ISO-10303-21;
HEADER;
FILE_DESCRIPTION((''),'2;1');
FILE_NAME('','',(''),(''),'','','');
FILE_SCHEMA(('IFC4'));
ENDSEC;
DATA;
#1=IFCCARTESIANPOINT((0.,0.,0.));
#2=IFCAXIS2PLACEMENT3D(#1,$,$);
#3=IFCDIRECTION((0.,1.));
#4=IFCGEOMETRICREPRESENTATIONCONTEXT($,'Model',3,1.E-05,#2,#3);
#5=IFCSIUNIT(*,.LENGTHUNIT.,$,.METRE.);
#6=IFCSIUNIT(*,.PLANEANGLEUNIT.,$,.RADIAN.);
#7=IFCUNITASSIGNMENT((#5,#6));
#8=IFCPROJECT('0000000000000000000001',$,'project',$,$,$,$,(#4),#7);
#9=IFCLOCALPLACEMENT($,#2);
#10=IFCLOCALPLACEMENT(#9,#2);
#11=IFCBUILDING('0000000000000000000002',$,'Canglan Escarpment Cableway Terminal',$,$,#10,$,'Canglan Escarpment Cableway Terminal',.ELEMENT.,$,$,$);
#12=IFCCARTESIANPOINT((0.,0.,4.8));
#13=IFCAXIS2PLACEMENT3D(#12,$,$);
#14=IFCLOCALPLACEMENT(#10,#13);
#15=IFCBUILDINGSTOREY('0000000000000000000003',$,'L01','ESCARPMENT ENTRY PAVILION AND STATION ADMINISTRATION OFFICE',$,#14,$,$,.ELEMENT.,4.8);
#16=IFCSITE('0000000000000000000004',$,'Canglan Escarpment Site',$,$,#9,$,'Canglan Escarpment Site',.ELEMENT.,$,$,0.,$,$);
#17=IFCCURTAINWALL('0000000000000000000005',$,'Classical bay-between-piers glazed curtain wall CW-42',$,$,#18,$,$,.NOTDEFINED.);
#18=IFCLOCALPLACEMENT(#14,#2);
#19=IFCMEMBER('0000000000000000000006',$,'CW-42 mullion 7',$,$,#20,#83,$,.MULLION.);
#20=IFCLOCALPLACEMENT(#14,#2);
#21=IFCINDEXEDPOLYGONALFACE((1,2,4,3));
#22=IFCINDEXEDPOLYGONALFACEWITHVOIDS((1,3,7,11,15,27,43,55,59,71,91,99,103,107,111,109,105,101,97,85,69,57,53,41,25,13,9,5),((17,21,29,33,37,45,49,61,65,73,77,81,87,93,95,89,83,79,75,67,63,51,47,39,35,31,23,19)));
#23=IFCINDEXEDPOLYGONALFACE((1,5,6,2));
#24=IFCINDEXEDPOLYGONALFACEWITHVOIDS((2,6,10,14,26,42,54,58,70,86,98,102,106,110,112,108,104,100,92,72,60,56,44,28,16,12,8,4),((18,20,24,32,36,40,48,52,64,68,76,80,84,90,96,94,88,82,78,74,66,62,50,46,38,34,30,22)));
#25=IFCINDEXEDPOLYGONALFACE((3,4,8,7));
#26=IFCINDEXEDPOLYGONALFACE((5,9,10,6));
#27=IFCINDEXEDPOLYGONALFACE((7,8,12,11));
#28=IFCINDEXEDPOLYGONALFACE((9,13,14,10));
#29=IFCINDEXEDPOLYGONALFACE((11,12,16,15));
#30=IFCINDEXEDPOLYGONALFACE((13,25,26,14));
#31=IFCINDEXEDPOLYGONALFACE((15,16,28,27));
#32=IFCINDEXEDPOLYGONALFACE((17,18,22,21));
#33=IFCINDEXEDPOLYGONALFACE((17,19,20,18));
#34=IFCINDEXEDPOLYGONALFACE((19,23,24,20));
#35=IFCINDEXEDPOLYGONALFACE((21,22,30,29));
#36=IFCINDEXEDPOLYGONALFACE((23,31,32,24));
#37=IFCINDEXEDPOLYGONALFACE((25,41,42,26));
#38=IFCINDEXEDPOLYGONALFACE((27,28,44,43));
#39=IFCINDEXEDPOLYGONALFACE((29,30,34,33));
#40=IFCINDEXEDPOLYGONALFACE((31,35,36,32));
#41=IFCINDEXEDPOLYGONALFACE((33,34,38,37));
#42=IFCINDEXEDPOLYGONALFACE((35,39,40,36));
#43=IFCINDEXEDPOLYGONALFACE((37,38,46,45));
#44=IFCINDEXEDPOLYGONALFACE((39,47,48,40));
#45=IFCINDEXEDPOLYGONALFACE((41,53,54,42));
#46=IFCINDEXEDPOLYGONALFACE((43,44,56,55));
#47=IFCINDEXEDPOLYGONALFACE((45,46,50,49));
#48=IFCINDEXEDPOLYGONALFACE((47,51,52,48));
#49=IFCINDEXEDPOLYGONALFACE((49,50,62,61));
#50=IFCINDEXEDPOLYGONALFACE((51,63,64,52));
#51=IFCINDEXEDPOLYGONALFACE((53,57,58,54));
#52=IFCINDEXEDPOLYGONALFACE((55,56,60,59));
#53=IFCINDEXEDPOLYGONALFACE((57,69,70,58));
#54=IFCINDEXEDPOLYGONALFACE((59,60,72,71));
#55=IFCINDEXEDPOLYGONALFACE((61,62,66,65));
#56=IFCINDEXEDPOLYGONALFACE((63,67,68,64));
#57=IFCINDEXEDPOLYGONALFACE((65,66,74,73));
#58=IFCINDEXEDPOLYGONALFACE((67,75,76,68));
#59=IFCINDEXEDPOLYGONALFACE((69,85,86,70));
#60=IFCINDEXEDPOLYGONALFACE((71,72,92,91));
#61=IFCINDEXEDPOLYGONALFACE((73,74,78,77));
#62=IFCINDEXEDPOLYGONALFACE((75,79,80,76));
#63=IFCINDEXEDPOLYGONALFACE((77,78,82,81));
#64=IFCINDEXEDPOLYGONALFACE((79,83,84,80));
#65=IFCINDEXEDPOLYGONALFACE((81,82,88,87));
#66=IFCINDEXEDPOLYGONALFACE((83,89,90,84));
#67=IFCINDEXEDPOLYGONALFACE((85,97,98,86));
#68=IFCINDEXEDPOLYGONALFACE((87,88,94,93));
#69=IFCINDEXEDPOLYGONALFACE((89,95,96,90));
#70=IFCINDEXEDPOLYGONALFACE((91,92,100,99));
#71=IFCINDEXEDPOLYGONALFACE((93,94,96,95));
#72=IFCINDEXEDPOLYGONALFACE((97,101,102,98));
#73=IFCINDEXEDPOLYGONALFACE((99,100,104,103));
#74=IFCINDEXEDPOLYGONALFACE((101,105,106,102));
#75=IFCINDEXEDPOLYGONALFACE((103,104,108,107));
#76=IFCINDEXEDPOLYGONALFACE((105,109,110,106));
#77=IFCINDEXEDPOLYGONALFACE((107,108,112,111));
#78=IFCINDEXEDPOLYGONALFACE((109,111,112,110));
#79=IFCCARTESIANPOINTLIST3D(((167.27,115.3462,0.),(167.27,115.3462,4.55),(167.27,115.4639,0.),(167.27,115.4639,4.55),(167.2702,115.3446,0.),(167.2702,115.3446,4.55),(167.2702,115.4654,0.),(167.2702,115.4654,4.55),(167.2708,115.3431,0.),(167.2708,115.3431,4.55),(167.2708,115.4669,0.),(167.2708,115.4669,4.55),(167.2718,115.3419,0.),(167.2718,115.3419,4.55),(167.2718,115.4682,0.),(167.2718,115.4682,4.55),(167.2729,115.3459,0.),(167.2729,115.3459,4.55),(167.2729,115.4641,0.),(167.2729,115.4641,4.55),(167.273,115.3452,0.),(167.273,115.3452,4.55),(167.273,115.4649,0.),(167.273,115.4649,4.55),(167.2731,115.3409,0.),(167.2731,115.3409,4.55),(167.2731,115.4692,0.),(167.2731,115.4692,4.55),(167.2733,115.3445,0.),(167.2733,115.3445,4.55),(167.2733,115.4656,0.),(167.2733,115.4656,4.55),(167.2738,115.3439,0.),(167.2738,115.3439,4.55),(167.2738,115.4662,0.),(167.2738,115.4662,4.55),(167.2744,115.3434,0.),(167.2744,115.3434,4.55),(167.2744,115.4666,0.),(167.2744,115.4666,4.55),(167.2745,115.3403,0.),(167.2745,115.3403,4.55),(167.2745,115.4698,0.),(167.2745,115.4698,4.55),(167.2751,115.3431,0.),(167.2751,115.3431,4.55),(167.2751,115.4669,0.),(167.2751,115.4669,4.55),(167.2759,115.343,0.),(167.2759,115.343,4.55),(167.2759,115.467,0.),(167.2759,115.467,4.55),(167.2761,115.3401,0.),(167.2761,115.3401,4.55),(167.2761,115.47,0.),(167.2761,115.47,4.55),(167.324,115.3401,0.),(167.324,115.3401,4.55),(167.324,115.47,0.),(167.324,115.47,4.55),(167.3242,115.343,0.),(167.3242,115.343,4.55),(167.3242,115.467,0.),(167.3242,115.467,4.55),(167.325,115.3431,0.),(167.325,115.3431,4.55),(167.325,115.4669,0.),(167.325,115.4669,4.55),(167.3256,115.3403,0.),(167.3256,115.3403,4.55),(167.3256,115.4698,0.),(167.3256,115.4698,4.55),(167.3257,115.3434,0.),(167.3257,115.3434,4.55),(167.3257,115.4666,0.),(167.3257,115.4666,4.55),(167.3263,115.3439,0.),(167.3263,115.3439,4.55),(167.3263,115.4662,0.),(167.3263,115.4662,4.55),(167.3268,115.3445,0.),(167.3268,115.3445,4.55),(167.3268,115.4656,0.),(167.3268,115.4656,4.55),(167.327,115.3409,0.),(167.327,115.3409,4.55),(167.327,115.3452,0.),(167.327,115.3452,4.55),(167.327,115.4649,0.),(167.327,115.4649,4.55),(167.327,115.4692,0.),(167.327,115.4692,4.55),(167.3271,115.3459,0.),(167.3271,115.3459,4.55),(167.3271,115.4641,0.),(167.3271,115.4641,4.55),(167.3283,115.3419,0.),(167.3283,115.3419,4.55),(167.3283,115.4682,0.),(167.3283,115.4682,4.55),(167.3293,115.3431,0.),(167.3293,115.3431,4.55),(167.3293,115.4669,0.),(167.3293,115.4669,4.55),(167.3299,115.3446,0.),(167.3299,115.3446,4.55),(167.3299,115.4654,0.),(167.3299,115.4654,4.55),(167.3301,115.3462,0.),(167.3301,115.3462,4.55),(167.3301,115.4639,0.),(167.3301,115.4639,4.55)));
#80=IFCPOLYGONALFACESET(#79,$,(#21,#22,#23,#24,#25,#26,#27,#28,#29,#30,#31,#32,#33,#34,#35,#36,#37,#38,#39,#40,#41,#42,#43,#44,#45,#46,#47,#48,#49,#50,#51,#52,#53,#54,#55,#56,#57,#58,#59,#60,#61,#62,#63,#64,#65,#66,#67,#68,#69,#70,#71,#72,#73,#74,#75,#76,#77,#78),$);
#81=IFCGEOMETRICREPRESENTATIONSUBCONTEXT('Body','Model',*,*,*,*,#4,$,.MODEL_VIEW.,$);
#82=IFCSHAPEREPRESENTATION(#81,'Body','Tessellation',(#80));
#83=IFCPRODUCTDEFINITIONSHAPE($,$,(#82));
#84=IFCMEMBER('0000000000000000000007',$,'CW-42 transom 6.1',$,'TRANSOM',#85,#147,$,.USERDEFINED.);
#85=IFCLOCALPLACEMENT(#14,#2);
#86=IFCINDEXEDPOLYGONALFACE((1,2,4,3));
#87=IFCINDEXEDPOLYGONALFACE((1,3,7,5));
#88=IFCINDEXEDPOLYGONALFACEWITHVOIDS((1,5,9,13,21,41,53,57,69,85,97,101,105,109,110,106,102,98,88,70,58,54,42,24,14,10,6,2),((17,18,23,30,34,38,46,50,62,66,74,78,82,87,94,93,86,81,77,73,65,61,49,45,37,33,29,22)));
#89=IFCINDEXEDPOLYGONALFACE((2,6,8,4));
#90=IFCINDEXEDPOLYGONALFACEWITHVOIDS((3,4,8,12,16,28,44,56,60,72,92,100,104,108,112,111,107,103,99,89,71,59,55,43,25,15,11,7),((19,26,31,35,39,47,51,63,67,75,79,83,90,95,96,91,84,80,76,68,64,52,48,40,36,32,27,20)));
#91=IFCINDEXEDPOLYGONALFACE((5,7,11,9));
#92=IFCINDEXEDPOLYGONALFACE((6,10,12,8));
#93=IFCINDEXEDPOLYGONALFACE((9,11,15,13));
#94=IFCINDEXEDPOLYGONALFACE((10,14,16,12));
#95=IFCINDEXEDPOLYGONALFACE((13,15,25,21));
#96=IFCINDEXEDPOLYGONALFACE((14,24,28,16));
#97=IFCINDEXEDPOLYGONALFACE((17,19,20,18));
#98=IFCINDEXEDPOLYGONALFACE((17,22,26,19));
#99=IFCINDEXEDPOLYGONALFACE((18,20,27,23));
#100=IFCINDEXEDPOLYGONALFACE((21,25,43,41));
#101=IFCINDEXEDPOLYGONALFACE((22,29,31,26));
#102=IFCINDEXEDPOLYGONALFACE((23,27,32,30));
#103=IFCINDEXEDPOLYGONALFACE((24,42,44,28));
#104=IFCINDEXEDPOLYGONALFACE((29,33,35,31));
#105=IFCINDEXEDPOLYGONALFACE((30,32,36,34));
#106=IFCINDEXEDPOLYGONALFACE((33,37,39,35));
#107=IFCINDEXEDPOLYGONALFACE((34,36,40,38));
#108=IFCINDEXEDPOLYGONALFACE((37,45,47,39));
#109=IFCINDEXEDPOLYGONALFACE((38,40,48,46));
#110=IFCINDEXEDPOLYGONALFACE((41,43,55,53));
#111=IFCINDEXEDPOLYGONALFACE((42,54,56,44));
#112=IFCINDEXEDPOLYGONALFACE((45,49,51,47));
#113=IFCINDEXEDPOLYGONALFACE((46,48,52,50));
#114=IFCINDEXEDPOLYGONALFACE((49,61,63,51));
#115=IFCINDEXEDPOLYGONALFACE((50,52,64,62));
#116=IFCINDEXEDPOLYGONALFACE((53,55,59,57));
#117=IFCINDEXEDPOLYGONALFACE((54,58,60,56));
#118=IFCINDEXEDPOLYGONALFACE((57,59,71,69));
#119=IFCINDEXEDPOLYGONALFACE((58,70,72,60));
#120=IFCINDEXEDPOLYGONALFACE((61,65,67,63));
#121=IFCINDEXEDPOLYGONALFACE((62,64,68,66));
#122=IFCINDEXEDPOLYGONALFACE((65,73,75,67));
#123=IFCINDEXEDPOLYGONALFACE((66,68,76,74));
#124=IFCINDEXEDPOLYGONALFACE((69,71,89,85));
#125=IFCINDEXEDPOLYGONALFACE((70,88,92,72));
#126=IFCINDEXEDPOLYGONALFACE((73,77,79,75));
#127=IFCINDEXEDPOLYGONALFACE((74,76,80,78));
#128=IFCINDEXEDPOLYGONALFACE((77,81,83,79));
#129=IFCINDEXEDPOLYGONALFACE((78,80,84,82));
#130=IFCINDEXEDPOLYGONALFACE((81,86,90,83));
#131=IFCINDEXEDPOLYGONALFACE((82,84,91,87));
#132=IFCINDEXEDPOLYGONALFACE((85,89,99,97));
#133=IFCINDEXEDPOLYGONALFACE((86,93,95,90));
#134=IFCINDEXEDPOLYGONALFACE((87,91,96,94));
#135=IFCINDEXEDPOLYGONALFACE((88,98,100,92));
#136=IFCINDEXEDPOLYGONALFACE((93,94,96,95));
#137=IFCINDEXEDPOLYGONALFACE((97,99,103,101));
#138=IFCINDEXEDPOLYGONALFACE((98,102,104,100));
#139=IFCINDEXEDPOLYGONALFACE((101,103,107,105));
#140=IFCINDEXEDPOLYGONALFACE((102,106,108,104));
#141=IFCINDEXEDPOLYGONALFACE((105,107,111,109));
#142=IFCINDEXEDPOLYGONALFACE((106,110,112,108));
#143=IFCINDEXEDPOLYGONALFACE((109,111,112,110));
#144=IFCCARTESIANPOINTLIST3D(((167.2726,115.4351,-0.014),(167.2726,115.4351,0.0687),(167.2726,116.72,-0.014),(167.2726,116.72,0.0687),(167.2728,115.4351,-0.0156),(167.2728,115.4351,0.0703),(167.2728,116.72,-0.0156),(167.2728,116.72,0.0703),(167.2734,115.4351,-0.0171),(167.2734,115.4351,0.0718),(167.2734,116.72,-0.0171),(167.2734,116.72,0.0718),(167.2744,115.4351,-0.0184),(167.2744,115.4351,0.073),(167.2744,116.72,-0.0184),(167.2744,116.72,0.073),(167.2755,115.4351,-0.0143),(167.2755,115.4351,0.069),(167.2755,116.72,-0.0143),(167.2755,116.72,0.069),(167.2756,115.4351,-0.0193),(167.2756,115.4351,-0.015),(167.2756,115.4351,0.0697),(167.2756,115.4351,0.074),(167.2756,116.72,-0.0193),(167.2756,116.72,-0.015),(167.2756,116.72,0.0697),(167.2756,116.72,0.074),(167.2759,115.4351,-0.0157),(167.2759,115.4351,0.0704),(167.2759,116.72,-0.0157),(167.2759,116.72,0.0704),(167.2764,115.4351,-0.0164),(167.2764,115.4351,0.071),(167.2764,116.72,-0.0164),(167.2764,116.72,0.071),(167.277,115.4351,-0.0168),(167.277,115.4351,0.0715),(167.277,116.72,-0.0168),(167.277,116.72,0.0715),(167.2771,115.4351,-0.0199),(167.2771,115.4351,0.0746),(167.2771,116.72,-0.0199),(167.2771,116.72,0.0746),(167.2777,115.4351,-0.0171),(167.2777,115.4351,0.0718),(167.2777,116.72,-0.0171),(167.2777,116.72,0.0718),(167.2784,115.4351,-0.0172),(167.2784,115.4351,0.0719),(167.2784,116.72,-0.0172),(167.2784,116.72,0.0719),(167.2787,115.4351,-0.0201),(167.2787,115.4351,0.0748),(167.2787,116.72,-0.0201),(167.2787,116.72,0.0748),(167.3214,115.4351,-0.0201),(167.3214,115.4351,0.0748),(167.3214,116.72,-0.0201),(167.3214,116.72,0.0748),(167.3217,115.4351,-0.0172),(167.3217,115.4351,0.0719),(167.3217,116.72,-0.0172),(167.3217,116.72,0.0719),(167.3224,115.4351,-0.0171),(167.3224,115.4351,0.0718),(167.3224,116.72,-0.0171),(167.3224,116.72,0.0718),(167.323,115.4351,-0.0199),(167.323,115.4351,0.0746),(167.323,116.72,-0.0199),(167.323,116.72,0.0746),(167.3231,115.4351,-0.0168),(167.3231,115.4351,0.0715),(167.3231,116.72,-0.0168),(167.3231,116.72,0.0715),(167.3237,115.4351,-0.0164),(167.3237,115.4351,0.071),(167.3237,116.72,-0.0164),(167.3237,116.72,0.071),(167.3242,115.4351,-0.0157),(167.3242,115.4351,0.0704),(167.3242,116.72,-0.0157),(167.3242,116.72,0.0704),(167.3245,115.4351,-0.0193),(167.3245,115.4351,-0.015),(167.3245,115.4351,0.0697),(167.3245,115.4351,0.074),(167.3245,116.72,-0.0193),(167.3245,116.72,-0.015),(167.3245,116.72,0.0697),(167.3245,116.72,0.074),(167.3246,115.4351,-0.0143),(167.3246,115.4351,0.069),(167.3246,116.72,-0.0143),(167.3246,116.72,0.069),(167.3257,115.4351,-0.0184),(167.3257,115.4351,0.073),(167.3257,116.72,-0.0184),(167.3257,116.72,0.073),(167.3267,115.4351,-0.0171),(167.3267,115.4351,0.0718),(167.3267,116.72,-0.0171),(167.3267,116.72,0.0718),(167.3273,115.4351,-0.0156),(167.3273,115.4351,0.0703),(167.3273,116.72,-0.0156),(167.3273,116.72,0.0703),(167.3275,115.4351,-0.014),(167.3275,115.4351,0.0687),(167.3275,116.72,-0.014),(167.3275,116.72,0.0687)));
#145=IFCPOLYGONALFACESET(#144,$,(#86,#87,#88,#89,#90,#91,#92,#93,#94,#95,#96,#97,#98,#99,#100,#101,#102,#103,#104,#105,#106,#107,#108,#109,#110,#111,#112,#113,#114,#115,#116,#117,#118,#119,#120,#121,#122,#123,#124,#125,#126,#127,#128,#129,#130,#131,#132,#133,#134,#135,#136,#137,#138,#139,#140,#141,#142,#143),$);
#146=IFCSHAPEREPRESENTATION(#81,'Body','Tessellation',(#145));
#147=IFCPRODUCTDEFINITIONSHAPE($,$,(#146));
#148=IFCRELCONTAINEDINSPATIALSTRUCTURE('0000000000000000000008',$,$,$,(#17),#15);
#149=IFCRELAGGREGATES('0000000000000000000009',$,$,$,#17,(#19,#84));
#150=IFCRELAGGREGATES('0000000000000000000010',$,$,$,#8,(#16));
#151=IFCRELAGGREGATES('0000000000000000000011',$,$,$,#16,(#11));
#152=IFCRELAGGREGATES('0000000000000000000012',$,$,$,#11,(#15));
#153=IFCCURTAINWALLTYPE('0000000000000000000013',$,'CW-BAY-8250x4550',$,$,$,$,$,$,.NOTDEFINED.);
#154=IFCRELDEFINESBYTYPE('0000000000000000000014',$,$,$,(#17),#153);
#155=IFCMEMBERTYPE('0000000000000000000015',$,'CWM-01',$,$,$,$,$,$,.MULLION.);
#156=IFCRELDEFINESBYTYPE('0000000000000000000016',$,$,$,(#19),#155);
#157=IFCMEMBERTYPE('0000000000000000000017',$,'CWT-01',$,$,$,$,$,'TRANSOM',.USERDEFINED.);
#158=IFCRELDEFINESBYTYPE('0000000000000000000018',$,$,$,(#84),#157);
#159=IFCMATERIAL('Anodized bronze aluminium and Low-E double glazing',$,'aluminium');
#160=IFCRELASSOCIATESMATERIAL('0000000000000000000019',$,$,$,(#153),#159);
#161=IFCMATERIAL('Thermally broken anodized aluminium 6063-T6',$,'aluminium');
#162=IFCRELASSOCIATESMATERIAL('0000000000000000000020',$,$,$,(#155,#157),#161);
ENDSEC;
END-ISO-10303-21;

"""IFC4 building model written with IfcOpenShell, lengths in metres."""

from ifc_helpers import new_model, si_unit, direction, frame, origin, origin_2d, place, context, subcontext, project, spatial, hollow_rectangle, extrude, material, material_profile, profile_set, type_object, element, aggregate, save


model = new_model("IFC4")

# Units and contexts
model_context = context("Model", 3, precision=1e-05, world=origin(), true_north=direction((0.0, 1.0)))
body_context = subcontext(model_context, "Body", "Model", "MODEL_VIEW")
ifc_project = project(units=[si_unit("LENGTHUNIT", "METRE"), si_unit("PLANEANGLEUNIT", "RADIAN")], contexts=[model_context])

# Site, building, storey
site_placement = place(None, origin())
site = spatial("IfcSite", under=ifc_project, at=site_placement, Name="Canglan Escarpment Site", LongName="Canglan Escarpment Site", CompositionType="ELEMENT", RefElevation=0.0)
building_placement = place(site_placement, origin())
building = spatial("IfcBuilding", under=site, at=building_placement, Name="Canglan Escarpment Cableway Terminal", LongName="Canglan Escarpment Cableway Terminal", CompositionType="ELEMENT")
storey_placement = place(building_placement, frame((0.0, 0.0, 4.8)))
storey = spatial("IfcBuildingStorey", under=building, at=storey_placement, Name="L01", Description="ESCARPMENT ENTRY PAVILION AND STATION ADMINISTRATION OFFICE", CompositionType="ELEMENT", Elevation=4.8)

# Curtain wall, members
ifc_material_1 = material(Name="Anodized bronze aluminium and Low-E double glazing", Category="aluminium")
curtain_wall_type = type_object("IfcCurtainWallType", Name="CW-BAY-8250x4550", PredefinedType="NOTDEFINED", material=ifc_material_1)
curtain_wall_placement = place(storey_placement, origin())
curtain_wall = element("IfcCurtainWall", 1, at=curtain_wall_placement, inside=storey, type_object=curtain_wall_type, Name="Classical bay-between-piers glazed curtain wall CW-42", PredefinedType="NOTDEFINED")
ifc_material_2 = material(Name="Thermally broken anodized aluminium 6063-T6", Category="aluminium")
ifc_material_profile_1 = material_profile(ifc_material_2, hollow_rectangle(XDim=0.0601, YDim=0.1299, WallThickness=0.0029, InnerFilletRadius=0.0029, OuterFilletRadius=0.0061, at=origin_2d()), Name="ALU-MULL 60x130x3")
ifc_profile_set_1 = profile_set([ifc_material_profile_1], Name="Thermally broken anodized aluminium 6063-T6")
member_type_1 = type_object("IfcMemberType", Name="CWM-01", PredefinedType="MULLION", material=ifc_profile_set_1)
member_1_placement = place(storey_placement, frame((167.3, 115.405, 0.0), z_axis=(0.0, 0.0, 1.0), x_axis=(1.0, 0.0, 0.0)))
member_1 = element("IfcMember", 2, at=member_1_placement, type_object=member_type_1, Name="CW-42 mullion 7", PredefinedType="MULLION", context=body_context, shape_type="SweptSolid", body=[
    extrude(hollow_rectangle(XDim=0.0601, YDim=0.1299, WallThickness=0.0029, InnerFilletRadius=0.0029, OuterFilletRadius=0.0061, at=origin_2d()), origin(), (0.0, 0.0, 1.0), 4.55),
])
ifc_material_profile_2 = material_profile(ifc_material_2, hollow_rectangle(XDim=0.0549, YDim=0.095, WallThickness=0.0029, InnerFilletRadius=0.0029, OuterFilletRadius=0.0061, at=origin_2d()), Name="ALU-TRAN 55x95x3")
ifc_profile_set_2 = profile_set([ifc_material_profile_2], Name="Thermally broken anodized aluminium 6063-T6")
member_type_2 = type_object("IfcMemberType", Name="CWT-01", ElementType="TRANSOM", PredefinedType="USERDEFINED", material=ifc_profile_set_2)
member_2_placement = place(storey_placement, frame((167.3, 116.72, 0.0273), z_axis=(0.0, -1.0, 0.0), x_axis=(1.0, 0.0, 0.0)))
member_2 = element("IfcMember", 3, at=member_2_placement, type_object=member_type_2, Name="CW-42 transom 6.1", ObjectType="TRANSOM", PredefinedType="USERDEFINED", context=body_context, shape_type="SweptSolid", body=[
    extrude(hollow_rectangle(XDim=0.0549, YDim=0.095, WallThickness=0.0029, InnerFilletRadius=0.0029, OuterFilletRadius=0.0061, at=origin_2d()), origin(), (0.0, 0.0, 1.0), 1.2849),
])

aggregate(curtain_wall, [member_1, member_2])

save(model, "model.ifc")
